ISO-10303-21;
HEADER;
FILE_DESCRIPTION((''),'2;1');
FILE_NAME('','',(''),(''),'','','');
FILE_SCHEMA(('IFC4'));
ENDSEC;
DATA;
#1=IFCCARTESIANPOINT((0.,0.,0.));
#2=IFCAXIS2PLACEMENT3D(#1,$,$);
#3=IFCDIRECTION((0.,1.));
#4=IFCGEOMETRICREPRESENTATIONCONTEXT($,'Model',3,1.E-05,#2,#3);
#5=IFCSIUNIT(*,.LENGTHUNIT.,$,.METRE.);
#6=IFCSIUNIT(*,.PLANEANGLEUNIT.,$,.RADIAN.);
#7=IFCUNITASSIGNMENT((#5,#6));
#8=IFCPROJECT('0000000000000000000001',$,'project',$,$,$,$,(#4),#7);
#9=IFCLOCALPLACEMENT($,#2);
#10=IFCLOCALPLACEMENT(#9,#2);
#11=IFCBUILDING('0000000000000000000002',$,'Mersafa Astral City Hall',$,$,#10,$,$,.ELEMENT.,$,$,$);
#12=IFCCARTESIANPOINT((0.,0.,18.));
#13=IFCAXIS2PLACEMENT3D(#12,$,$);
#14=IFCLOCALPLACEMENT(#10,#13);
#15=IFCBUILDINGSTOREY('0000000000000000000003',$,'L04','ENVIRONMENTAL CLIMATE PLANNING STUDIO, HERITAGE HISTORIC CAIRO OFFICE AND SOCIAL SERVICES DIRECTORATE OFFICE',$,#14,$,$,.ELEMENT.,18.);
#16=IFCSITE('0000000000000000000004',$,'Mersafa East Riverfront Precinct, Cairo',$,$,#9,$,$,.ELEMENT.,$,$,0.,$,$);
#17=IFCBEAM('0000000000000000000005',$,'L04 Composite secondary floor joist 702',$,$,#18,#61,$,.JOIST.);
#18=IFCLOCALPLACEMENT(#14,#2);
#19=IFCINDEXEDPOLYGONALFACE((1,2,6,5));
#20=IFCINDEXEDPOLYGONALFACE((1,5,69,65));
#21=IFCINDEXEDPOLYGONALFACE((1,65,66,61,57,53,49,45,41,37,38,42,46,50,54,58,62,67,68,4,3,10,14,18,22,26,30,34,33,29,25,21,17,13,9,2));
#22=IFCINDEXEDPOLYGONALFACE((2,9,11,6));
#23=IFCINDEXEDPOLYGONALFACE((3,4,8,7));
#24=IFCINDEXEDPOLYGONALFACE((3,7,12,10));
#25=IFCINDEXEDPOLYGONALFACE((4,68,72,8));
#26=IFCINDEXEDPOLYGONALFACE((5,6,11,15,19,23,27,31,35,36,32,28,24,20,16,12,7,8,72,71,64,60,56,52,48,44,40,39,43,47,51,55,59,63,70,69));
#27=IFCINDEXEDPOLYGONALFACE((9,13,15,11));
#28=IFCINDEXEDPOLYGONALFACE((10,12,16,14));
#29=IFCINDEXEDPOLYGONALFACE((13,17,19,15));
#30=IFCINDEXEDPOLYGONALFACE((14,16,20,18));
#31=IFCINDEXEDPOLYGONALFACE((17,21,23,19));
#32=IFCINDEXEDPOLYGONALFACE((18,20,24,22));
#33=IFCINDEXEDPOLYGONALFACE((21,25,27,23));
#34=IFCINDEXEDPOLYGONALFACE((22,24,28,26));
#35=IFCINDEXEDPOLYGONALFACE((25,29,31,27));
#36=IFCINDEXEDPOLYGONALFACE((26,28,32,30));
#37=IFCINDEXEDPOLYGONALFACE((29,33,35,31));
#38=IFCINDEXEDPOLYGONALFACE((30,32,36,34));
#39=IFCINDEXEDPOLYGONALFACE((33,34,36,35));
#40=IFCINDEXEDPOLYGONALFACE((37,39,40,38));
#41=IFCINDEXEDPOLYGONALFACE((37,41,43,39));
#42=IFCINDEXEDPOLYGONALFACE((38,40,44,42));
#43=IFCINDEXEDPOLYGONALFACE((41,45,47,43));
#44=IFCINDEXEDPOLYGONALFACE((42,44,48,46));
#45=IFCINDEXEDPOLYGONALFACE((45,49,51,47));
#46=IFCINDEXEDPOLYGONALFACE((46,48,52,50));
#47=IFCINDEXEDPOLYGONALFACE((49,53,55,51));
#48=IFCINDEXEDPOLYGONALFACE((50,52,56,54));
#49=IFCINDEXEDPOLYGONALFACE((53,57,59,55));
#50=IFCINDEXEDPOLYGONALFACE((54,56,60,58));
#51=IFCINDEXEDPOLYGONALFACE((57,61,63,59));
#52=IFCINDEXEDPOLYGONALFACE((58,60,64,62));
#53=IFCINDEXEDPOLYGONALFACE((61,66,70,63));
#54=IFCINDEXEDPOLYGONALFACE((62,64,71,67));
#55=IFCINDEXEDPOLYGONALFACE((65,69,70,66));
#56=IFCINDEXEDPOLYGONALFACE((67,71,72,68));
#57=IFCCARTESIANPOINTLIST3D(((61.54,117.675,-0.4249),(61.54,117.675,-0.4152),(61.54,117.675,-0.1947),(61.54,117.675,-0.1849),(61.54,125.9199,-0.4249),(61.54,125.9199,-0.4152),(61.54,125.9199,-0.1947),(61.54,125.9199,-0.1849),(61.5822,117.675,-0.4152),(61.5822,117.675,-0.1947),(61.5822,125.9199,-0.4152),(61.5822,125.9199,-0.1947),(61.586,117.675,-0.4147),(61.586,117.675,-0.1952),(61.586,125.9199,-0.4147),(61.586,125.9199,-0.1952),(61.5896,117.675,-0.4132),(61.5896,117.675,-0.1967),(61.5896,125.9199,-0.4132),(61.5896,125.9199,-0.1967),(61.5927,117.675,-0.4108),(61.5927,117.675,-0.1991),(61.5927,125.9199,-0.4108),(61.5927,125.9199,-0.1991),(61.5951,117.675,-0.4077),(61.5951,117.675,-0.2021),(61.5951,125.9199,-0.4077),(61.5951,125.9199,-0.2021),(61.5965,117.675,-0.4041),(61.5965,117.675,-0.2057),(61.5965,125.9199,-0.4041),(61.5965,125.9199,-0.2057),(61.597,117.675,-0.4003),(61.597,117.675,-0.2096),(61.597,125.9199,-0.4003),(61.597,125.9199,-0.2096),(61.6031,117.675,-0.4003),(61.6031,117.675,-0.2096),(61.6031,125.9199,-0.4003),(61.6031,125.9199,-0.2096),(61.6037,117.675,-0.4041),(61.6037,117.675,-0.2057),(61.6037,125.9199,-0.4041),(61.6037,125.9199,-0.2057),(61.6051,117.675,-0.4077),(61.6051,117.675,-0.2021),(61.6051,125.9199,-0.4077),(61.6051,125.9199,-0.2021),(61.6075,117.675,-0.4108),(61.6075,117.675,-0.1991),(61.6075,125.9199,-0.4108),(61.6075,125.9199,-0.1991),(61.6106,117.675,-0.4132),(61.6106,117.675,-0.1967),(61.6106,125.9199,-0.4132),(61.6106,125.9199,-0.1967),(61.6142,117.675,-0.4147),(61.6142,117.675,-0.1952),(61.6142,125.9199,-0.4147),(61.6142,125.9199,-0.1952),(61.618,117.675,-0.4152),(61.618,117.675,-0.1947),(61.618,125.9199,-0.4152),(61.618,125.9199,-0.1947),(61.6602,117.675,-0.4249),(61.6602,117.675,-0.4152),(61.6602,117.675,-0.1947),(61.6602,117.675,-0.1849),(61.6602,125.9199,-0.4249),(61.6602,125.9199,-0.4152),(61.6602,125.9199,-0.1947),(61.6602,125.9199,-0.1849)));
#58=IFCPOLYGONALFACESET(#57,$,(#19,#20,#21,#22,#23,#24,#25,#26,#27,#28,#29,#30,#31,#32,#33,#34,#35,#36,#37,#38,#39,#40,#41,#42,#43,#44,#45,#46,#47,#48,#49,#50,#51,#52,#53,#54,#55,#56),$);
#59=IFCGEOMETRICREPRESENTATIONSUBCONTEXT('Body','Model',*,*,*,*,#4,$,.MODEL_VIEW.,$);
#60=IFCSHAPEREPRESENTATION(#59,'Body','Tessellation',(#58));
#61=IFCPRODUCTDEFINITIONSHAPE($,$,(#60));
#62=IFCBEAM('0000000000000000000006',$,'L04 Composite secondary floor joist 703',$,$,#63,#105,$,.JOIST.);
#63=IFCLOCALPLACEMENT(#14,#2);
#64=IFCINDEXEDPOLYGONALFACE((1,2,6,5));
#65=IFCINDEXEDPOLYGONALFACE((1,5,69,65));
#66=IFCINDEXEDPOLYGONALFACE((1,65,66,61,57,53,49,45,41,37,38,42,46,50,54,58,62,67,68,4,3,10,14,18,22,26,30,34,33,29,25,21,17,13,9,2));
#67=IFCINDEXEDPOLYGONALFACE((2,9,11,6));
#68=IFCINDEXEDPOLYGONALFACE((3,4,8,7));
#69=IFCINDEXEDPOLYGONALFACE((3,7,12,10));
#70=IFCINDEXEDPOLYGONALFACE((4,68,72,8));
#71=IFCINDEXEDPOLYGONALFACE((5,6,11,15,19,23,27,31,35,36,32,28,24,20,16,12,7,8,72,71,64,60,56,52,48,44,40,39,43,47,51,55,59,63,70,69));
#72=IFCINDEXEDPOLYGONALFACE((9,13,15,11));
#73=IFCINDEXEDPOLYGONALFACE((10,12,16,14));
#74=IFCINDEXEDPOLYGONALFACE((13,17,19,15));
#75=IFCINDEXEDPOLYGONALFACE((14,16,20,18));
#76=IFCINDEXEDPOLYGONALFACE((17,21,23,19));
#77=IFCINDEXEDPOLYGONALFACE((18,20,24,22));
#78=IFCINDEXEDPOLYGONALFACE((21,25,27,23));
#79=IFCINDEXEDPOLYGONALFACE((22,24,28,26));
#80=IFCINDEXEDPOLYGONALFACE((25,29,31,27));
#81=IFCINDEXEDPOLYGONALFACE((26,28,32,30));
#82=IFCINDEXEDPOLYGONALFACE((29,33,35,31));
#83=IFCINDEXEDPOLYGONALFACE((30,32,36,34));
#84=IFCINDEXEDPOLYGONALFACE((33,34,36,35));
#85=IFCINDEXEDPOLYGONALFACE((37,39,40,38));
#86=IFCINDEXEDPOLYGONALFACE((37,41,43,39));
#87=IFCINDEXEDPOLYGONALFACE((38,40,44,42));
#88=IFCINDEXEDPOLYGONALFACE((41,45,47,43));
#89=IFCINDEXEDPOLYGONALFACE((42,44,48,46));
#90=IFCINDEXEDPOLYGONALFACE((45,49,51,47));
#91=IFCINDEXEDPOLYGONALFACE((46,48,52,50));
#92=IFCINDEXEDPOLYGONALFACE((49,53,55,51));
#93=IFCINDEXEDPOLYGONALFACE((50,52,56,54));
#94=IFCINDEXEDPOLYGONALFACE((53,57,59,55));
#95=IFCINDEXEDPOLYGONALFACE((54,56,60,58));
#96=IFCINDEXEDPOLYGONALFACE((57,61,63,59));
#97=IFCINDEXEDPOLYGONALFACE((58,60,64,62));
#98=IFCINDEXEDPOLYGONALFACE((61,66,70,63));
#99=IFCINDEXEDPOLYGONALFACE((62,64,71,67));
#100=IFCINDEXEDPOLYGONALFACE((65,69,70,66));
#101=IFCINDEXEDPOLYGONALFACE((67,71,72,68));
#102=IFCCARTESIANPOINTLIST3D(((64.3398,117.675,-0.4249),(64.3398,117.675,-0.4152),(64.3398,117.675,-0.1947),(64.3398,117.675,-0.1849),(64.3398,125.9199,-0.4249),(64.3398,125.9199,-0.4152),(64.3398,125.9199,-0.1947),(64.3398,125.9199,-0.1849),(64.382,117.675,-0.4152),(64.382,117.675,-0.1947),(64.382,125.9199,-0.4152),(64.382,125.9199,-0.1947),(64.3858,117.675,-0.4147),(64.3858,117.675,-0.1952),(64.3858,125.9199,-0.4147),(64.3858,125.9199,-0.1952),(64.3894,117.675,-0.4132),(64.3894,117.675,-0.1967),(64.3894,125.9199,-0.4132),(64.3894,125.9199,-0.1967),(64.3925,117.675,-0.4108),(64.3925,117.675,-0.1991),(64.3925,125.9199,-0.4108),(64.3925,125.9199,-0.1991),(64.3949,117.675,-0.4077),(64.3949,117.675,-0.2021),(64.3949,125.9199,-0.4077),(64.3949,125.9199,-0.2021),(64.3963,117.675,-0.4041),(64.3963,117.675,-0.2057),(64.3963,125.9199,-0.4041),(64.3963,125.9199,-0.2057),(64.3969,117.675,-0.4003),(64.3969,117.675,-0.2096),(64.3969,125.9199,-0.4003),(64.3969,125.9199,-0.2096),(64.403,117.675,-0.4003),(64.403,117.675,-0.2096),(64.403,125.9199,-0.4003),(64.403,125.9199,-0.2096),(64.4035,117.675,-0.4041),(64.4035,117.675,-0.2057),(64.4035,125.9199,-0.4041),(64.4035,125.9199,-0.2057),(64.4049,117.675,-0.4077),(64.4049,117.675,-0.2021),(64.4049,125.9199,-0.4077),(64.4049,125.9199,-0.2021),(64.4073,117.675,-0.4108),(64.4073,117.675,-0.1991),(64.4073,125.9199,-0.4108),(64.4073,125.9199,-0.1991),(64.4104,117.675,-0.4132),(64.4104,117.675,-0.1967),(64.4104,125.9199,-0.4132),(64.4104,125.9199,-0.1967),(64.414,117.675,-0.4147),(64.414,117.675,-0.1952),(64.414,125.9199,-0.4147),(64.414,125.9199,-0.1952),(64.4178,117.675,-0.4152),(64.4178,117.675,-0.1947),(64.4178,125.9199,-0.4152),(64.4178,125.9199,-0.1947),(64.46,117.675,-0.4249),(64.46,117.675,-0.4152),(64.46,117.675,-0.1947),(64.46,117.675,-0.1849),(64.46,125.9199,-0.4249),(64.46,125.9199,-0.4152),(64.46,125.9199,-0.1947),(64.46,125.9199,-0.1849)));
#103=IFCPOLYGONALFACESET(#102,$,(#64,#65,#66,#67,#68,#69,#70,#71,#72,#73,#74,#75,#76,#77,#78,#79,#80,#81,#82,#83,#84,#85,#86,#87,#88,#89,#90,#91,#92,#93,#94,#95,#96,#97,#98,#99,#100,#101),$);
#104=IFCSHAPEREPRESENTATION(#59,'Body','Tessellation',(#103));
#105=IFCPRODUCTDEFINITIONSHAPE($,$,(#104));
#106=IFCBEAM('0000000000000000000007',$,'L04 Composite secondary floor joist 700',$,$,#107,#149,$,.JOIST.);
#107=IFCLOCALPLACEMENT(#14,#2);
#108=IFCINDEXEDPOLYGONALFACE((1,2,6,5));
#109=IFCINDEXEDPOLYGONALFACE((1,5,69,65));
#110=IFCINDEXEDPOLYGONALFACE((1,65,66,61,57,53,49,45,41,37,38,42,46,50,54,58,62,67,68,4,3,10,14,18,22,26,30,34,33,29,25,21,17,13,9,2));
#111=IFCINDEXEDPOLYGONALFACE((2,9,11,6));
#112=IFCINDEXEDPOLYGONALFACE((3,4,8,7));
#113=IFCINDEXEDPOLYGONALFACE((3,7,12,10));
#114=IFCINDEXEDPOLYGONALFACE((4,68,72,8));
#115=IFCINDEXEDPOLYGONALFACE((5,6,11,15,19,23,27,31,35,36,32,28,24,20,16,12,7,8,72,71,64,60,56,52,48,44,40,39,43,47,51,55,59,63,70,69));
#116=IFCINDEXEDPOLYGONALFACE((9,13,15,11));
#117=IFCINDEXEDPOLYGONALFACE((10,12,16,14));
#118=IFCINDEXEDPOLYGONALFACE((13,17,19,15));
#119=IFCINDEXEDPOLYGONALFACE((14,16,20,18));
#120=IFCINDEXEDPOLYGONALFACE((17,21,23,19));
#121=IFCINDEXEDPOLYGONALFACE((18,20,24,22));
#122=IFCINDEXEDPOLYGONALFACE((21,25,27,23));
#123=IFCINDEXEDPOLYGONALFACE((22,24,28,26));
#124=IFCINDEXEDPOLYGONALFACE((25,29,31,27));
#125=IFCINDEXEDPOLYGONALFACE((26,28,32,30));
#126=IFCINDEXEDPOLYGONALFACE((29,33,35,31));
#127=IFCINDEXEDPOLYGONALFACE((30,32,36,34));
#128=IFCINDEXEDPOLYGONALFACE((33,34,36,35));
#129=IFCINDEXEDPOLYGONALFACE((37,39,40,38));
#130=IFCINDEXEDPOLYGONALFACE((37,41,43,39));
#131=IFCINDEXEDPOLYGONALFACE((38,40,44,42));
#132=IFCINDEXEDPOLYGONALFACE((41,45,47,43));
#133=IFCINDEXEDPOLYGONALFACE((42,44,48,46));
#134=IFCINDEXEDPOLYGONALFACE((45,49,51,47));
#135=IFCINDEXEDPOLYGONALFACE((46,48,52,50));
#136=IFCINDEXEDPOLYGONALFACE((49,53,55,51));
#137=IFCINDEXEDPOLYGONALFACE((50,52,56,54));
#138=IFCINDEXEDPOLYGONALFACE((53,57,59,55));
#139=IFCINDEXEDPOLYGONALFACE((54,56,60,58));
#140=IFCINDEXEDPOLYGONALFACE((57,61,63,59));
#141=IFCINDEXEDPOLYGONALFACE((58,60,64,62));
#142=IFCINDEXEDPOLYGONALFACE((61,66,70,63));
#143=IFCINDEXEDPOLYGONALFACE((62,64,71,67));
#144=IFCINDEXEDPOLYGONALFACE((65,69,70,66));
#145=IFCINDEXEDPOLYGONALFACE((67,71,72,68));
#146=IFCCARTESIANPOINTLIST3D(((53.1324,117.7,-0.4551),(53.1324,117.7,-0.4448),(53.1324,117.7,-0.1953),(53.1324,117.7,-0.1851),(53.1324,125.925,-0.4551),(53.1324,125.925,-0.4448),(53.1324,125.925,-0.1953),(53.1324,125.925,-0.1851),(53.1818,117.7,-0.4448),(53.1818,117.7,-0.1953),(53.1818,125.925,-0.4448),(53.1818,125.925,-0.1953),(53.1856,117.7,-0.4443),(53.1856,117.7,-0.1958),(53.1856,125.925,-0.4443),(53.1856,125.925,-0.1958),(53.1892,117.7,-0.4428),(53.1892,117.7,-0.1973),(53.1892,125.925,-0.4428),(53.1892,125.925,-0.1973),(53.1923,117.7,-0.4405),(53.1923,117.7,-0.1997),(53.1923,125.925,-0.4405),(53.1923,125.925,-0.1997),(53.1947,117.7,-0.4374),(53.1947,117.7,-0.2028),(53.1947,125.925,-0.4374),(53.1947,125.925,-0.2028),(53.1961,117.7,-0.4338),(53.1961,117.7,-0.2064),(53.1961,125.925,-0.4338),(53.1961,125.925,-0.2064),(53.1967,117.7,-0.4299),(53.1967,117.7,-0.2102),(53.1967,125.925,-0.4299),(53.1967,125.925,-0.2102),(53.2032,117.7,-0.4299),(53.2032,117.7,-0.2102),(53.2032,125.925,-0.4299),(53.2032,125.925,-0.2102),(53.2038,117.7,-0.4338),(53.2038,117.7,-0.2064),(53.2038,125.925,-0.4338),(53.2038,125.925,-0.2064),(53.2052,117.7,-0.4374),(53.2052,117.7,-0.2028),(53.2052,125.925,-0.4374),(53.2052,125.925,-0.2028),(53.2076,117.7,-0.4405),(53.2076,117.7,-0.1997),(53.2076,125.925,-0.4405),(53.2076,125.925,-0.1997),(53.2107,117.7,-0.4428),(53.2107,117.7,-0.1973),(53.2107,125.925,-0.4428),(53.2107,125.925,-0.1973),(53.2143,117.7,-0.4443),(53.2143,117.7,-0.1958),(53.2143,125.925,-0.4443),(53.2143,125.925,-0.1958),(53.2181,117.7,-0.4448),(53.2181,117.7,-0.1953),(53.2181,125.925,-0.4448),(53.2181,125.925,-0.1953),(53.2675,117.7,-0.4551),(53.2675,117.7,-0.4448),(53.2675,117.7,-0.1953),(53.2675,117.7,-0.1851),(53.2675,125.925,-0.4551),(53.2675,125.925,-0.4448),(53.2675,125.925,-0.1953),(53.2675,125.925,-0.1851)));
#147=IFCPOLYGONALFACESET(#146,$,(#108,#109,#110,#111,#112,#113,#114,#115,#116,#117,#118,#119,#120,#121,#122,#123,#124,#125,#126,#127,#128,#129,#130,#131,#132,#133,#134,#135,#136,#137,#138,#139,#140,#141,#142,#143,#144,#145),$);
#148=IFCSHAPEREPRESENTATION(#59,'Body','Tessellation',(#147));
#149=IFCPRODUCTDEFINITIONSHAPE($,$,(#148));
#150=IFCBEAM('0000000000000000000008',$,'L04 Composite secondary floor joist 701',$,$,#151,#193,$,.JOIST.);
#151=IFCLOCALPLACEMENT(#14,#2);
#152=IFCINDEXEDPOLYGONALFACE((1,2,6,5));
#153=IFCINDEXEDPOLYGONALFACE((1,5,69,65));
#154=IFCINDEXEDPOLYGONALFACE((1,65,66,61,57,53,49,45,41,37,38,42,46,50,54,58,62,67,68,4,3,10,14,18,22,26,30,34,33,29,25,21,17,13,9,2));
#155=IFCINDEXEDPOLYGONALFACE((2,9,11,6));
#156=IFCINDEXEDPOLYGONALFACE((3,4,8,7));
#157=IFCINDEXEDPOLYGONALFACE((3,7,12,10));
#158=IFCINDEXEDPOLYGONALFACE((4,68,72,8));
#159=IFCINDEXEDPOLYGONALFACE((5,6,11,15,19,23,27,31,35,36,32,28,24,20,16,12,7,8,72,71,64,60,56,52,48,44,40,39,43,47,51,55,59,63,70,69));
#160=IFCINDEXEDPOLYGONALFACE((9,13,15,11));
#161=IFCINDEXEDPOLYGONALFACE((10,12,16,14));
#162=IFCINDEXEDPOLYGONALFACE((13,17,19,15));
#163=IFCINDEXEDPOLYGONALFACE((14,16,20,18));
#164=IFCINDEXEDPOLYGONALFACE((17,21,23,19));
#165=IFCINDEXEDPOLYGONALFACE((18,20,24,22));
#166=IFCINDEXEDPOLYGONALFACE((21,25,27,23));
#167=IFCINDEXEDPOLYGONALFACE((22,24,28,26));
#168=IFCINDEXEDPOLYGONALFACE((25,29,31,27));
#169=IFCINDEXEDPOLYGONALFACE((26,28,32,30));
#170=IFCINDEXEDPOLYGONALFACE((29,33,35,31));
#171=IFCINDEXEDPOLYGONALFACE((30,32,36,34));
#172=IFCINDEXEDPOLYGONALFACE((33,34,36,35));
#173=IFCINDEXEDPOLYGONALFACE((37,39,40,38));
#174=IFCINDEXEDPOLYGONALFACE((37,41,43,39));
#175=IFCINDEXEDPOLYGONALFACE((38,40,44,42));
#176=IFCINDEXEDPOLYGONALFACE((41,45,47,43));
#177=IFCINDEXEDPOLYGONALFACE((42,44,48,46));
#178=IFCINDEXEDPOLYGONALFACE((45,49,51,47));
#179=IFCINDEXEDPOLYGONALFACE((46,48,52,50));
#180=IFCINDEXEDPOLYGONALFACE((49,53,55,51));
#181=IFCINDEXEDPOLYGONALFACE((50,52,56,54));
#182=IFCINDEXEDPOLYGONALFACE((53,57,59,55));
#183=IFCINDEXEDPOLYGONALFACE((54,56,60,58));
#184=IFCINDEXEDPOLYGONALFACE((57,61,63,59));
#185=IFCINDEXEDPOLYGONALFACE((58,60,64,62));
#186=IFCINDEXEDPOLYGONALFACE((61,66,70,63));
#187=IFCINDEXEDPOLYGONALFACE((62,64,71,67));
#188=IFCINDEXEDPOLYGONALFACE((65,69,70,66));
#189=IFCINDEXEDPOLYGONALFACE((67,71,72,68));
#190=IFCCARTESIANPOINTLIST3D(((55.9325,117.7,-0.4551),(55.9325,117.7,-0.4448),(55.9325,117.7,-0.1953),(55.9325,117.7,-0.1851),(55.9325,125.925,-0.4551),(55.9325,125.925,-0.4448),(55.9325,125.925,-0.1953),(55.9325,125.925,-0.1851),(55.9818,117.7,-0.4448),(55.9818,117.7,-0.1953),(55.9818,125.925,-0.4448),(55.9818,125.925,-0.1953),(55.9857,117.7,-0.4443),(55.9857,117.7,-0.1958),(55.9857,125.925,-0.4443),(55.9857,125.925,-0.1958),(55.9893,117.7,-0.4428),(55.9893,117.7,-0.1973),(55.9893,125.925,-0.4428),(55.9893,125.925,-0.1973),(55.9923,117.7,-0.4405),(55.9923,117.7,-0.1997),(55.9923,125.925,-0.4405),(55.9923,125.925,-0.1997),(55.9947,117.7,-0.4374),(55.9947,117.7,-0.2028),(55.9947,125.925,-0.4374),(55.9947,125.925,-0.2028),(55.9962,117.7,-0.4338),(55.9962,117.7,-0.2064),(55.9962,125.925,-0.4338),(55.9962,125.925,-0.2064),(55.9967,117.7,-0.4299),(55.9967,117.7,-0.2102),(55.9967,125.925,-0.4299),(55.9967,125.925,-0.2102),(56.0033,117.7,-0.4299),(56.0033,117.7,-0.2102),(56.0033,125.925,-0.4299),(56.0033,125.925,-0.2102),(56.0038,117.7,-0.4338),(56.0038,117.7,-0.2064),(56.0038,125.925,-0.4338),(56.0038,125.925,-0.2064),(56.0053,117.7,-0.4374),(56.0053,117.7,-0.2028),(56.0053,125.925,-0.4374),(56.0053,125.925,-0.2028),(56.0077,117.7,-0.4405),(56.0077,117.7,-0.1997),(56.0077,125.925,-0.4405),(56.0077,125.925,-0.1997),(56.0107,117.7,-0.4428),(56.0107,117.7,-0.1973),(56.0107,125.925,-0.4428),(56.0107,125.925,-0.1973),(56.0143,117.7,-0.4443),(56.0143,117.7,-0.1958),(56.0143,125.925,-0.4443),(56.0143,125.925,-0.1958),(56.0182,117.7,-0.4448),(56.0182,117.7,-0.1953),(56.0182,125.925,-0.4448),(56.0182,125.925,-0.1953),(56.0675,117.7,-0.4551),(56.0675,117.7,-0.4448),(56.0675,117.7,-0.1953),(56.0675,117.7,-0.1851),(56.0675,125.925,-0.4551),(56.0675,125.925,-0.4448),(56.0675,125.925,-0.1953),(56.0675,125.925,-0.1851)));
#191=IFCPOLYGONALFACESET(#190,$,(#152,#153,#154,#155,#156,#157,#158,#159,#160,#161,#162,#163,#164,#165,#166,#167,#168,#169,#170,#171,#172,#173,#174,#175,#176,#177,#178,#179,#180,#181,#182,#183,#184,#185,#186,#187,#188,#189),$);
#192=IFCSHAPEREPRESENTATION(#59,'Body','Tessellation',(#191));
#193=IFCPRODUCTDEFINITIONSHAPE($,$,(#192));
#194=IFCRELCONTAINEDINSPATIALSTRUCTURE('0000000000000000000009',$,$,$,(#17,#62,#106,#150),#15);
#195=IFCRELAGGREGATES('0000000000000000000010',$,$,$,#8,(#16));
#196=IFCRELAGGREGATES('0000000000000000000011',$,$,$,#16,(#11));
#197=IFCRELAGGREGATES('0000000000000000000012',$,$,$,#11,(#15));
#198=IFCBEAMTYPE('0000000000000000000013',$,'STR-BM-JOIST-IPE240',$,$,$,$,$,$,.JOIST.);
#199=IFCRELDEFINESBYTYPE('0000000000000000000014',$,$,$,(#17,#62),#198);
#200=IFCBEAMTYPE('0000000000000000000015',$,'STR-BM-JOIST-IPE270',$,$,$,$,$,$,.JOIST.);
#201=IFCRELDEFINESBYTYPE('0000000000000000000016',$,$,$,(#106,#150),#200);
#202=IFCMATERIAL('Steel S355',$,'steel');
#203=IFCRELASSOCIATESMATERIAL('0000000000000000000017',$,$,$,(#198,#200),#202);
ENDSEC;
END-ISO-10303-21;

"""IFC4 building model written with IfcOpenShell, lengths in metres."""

from ifc_helpers import new_model, si_unit, direction, frame, origin, origin_2d, place, context, subcontext, project, spatial, i_section, extrude, material, material_profile, profile_set, type_object, element, save


model = new_model("IFC4")

# Units and contexts
model_context = context("Model", 3, precision=1e-05, world=origin(), true_north=direction((0.0, 1.0)))
body_context = subcontext(model_context, "Body", "Model", "MODEL_VIEW")
ifc_project = project(units=[si_unit("LENGTHUNIT", "METRE"), si_unit("PLANEANGLEUNIT", "RADIAN")], contexts=[model_context])

# Site, building, storey
site_placement = place(None, origin())
site = spatial("IfcSite", under=ifc_project, at=site_placement, Name="Mersafa East Riverfront Precinct, Cairo", CompositionType="ELEMENT", RefElevation=0.0)
building_placement = place(site_placement, origin())
building = spatial("IfcBuilding", under=site, at=building_placement, Name="Mersafa Astral City Hall", CompositionType="ELEMENT")
storey_placement = place(building_placement, frame((0.0, 0.0, 18.0)))
storey = spatial("IfcBuildingStorey", under=building, at=storey_placement, Name="L04", Description="ENVIRONMENTAL CLIMATE PLANNING STUDIO, HERITAGE HISTORIC CAIRO OFFICE AND SOCIAL SERVICES DIRECTORATE OFFICE", CompositionType="ELEMENT", Elevation=18.0)

# Shared definitions
ifc_material_1 = material(Name="Steel S355", Category="steel")

# Beams
ifc_material_profile_1 = material_profile(ifc_material_1, i_section(OverallWidth=0.1201, OverallDepth=0.24, WebThickness=0.0061, FlangeThickness=0.0098, FilletRadius=0.0149, at=origin_2d()), Name="IPE 240")
ifc_profile_set_1 = profile_set([ifc_material_profile_1], Name="Steel S355")
beam_type_1 = type_object("IfcBeamType", Name="STR-BM-JOIST-IPE240", PredefinedType="JOIST", material=ifc_profile_set_1)
for number, where, z_axis, x_axis, name in (
    (1, (61.6001, 117.675, -0.3049), (0.0, 1.0, 0.0), (-1.0, 0.0, 0.0), "L04 Composite secondary floor joist 702"),
    (2, (64.3999, 117.675, -0.3049), (0.0, 1.0, 0.0), (-1.0, 0.0, 0.0), "L04 Composite secondary floor joist 703"),
):
    element("IfcBeam", number, at=place(storey_placement, frame(where, z_axis=z_axis, x_axis=x_axis)), inside=storey, type_object=beam_type_1, Name=name, PredefinedType="JOIST", context=body_context, shape_type="SweptSolid", body=[
        extrude(i_section(OverallWidth=0.1201, OverallDepth=0.24, WebThickness=0.0061, FlangeThickness=0.0098, FilletRadius=0.0149, at=origin_2d()), origin(), (0.0, 0.0, 1.0), 8.2449),
    ])
ifc_material_profile_2 = material_profile(ifc_material_1, i_section(OverallWidth=0.135, OverallDepth=0.27, WebThickness=0.0066, FlangeThickness=0.0103, FilletRadius=0.0149, at=origin_2d()), Name="IPE 270")
ifc_profile_set_2 = profile_set([ifc_material_profile_2], Name="Steel S355")
beam_type_2 = type_object("IfcBeamType", Name="STR-BM-JOIST-IPE270", PredefinedType="JOIST", material=ifc_profile_set_2)
for number, where, z_axis, x_axis, name in (
    (3, (53.2, 117.7, -0.3201), (0.0, 1.0, 0.0), (-1.0, 0.0, 0.0), "L04 Composite secondary floor joist 700"),
    (4, (56.0, 117.7, -0.3201), (0.0, 1.0, 0.0), (-1.0, 0.0, 0.0), "L04 Composite secondary floor joist 701"),
):
    element("IfcBeam", number, at=place(storey_placement, frame(where, z_axis=z_axis, x_axis=x_axis)), inside=storey, type_object=beam_type_2, Name=name, PredefinedType="JOIST", context=body_context, shape_type="SweptSolid", body=[
        extrude(i_section(OverallWidth=0.135, OverallDepth=0.27, WebThickness=0.0066, FlangeThickness=0.0103, FilletRadius=0.0149, at=origin_2d()), origin(), (0.0, 0.0, 1.0), 8.2251),
    ])

save(model, "model.ifc")
